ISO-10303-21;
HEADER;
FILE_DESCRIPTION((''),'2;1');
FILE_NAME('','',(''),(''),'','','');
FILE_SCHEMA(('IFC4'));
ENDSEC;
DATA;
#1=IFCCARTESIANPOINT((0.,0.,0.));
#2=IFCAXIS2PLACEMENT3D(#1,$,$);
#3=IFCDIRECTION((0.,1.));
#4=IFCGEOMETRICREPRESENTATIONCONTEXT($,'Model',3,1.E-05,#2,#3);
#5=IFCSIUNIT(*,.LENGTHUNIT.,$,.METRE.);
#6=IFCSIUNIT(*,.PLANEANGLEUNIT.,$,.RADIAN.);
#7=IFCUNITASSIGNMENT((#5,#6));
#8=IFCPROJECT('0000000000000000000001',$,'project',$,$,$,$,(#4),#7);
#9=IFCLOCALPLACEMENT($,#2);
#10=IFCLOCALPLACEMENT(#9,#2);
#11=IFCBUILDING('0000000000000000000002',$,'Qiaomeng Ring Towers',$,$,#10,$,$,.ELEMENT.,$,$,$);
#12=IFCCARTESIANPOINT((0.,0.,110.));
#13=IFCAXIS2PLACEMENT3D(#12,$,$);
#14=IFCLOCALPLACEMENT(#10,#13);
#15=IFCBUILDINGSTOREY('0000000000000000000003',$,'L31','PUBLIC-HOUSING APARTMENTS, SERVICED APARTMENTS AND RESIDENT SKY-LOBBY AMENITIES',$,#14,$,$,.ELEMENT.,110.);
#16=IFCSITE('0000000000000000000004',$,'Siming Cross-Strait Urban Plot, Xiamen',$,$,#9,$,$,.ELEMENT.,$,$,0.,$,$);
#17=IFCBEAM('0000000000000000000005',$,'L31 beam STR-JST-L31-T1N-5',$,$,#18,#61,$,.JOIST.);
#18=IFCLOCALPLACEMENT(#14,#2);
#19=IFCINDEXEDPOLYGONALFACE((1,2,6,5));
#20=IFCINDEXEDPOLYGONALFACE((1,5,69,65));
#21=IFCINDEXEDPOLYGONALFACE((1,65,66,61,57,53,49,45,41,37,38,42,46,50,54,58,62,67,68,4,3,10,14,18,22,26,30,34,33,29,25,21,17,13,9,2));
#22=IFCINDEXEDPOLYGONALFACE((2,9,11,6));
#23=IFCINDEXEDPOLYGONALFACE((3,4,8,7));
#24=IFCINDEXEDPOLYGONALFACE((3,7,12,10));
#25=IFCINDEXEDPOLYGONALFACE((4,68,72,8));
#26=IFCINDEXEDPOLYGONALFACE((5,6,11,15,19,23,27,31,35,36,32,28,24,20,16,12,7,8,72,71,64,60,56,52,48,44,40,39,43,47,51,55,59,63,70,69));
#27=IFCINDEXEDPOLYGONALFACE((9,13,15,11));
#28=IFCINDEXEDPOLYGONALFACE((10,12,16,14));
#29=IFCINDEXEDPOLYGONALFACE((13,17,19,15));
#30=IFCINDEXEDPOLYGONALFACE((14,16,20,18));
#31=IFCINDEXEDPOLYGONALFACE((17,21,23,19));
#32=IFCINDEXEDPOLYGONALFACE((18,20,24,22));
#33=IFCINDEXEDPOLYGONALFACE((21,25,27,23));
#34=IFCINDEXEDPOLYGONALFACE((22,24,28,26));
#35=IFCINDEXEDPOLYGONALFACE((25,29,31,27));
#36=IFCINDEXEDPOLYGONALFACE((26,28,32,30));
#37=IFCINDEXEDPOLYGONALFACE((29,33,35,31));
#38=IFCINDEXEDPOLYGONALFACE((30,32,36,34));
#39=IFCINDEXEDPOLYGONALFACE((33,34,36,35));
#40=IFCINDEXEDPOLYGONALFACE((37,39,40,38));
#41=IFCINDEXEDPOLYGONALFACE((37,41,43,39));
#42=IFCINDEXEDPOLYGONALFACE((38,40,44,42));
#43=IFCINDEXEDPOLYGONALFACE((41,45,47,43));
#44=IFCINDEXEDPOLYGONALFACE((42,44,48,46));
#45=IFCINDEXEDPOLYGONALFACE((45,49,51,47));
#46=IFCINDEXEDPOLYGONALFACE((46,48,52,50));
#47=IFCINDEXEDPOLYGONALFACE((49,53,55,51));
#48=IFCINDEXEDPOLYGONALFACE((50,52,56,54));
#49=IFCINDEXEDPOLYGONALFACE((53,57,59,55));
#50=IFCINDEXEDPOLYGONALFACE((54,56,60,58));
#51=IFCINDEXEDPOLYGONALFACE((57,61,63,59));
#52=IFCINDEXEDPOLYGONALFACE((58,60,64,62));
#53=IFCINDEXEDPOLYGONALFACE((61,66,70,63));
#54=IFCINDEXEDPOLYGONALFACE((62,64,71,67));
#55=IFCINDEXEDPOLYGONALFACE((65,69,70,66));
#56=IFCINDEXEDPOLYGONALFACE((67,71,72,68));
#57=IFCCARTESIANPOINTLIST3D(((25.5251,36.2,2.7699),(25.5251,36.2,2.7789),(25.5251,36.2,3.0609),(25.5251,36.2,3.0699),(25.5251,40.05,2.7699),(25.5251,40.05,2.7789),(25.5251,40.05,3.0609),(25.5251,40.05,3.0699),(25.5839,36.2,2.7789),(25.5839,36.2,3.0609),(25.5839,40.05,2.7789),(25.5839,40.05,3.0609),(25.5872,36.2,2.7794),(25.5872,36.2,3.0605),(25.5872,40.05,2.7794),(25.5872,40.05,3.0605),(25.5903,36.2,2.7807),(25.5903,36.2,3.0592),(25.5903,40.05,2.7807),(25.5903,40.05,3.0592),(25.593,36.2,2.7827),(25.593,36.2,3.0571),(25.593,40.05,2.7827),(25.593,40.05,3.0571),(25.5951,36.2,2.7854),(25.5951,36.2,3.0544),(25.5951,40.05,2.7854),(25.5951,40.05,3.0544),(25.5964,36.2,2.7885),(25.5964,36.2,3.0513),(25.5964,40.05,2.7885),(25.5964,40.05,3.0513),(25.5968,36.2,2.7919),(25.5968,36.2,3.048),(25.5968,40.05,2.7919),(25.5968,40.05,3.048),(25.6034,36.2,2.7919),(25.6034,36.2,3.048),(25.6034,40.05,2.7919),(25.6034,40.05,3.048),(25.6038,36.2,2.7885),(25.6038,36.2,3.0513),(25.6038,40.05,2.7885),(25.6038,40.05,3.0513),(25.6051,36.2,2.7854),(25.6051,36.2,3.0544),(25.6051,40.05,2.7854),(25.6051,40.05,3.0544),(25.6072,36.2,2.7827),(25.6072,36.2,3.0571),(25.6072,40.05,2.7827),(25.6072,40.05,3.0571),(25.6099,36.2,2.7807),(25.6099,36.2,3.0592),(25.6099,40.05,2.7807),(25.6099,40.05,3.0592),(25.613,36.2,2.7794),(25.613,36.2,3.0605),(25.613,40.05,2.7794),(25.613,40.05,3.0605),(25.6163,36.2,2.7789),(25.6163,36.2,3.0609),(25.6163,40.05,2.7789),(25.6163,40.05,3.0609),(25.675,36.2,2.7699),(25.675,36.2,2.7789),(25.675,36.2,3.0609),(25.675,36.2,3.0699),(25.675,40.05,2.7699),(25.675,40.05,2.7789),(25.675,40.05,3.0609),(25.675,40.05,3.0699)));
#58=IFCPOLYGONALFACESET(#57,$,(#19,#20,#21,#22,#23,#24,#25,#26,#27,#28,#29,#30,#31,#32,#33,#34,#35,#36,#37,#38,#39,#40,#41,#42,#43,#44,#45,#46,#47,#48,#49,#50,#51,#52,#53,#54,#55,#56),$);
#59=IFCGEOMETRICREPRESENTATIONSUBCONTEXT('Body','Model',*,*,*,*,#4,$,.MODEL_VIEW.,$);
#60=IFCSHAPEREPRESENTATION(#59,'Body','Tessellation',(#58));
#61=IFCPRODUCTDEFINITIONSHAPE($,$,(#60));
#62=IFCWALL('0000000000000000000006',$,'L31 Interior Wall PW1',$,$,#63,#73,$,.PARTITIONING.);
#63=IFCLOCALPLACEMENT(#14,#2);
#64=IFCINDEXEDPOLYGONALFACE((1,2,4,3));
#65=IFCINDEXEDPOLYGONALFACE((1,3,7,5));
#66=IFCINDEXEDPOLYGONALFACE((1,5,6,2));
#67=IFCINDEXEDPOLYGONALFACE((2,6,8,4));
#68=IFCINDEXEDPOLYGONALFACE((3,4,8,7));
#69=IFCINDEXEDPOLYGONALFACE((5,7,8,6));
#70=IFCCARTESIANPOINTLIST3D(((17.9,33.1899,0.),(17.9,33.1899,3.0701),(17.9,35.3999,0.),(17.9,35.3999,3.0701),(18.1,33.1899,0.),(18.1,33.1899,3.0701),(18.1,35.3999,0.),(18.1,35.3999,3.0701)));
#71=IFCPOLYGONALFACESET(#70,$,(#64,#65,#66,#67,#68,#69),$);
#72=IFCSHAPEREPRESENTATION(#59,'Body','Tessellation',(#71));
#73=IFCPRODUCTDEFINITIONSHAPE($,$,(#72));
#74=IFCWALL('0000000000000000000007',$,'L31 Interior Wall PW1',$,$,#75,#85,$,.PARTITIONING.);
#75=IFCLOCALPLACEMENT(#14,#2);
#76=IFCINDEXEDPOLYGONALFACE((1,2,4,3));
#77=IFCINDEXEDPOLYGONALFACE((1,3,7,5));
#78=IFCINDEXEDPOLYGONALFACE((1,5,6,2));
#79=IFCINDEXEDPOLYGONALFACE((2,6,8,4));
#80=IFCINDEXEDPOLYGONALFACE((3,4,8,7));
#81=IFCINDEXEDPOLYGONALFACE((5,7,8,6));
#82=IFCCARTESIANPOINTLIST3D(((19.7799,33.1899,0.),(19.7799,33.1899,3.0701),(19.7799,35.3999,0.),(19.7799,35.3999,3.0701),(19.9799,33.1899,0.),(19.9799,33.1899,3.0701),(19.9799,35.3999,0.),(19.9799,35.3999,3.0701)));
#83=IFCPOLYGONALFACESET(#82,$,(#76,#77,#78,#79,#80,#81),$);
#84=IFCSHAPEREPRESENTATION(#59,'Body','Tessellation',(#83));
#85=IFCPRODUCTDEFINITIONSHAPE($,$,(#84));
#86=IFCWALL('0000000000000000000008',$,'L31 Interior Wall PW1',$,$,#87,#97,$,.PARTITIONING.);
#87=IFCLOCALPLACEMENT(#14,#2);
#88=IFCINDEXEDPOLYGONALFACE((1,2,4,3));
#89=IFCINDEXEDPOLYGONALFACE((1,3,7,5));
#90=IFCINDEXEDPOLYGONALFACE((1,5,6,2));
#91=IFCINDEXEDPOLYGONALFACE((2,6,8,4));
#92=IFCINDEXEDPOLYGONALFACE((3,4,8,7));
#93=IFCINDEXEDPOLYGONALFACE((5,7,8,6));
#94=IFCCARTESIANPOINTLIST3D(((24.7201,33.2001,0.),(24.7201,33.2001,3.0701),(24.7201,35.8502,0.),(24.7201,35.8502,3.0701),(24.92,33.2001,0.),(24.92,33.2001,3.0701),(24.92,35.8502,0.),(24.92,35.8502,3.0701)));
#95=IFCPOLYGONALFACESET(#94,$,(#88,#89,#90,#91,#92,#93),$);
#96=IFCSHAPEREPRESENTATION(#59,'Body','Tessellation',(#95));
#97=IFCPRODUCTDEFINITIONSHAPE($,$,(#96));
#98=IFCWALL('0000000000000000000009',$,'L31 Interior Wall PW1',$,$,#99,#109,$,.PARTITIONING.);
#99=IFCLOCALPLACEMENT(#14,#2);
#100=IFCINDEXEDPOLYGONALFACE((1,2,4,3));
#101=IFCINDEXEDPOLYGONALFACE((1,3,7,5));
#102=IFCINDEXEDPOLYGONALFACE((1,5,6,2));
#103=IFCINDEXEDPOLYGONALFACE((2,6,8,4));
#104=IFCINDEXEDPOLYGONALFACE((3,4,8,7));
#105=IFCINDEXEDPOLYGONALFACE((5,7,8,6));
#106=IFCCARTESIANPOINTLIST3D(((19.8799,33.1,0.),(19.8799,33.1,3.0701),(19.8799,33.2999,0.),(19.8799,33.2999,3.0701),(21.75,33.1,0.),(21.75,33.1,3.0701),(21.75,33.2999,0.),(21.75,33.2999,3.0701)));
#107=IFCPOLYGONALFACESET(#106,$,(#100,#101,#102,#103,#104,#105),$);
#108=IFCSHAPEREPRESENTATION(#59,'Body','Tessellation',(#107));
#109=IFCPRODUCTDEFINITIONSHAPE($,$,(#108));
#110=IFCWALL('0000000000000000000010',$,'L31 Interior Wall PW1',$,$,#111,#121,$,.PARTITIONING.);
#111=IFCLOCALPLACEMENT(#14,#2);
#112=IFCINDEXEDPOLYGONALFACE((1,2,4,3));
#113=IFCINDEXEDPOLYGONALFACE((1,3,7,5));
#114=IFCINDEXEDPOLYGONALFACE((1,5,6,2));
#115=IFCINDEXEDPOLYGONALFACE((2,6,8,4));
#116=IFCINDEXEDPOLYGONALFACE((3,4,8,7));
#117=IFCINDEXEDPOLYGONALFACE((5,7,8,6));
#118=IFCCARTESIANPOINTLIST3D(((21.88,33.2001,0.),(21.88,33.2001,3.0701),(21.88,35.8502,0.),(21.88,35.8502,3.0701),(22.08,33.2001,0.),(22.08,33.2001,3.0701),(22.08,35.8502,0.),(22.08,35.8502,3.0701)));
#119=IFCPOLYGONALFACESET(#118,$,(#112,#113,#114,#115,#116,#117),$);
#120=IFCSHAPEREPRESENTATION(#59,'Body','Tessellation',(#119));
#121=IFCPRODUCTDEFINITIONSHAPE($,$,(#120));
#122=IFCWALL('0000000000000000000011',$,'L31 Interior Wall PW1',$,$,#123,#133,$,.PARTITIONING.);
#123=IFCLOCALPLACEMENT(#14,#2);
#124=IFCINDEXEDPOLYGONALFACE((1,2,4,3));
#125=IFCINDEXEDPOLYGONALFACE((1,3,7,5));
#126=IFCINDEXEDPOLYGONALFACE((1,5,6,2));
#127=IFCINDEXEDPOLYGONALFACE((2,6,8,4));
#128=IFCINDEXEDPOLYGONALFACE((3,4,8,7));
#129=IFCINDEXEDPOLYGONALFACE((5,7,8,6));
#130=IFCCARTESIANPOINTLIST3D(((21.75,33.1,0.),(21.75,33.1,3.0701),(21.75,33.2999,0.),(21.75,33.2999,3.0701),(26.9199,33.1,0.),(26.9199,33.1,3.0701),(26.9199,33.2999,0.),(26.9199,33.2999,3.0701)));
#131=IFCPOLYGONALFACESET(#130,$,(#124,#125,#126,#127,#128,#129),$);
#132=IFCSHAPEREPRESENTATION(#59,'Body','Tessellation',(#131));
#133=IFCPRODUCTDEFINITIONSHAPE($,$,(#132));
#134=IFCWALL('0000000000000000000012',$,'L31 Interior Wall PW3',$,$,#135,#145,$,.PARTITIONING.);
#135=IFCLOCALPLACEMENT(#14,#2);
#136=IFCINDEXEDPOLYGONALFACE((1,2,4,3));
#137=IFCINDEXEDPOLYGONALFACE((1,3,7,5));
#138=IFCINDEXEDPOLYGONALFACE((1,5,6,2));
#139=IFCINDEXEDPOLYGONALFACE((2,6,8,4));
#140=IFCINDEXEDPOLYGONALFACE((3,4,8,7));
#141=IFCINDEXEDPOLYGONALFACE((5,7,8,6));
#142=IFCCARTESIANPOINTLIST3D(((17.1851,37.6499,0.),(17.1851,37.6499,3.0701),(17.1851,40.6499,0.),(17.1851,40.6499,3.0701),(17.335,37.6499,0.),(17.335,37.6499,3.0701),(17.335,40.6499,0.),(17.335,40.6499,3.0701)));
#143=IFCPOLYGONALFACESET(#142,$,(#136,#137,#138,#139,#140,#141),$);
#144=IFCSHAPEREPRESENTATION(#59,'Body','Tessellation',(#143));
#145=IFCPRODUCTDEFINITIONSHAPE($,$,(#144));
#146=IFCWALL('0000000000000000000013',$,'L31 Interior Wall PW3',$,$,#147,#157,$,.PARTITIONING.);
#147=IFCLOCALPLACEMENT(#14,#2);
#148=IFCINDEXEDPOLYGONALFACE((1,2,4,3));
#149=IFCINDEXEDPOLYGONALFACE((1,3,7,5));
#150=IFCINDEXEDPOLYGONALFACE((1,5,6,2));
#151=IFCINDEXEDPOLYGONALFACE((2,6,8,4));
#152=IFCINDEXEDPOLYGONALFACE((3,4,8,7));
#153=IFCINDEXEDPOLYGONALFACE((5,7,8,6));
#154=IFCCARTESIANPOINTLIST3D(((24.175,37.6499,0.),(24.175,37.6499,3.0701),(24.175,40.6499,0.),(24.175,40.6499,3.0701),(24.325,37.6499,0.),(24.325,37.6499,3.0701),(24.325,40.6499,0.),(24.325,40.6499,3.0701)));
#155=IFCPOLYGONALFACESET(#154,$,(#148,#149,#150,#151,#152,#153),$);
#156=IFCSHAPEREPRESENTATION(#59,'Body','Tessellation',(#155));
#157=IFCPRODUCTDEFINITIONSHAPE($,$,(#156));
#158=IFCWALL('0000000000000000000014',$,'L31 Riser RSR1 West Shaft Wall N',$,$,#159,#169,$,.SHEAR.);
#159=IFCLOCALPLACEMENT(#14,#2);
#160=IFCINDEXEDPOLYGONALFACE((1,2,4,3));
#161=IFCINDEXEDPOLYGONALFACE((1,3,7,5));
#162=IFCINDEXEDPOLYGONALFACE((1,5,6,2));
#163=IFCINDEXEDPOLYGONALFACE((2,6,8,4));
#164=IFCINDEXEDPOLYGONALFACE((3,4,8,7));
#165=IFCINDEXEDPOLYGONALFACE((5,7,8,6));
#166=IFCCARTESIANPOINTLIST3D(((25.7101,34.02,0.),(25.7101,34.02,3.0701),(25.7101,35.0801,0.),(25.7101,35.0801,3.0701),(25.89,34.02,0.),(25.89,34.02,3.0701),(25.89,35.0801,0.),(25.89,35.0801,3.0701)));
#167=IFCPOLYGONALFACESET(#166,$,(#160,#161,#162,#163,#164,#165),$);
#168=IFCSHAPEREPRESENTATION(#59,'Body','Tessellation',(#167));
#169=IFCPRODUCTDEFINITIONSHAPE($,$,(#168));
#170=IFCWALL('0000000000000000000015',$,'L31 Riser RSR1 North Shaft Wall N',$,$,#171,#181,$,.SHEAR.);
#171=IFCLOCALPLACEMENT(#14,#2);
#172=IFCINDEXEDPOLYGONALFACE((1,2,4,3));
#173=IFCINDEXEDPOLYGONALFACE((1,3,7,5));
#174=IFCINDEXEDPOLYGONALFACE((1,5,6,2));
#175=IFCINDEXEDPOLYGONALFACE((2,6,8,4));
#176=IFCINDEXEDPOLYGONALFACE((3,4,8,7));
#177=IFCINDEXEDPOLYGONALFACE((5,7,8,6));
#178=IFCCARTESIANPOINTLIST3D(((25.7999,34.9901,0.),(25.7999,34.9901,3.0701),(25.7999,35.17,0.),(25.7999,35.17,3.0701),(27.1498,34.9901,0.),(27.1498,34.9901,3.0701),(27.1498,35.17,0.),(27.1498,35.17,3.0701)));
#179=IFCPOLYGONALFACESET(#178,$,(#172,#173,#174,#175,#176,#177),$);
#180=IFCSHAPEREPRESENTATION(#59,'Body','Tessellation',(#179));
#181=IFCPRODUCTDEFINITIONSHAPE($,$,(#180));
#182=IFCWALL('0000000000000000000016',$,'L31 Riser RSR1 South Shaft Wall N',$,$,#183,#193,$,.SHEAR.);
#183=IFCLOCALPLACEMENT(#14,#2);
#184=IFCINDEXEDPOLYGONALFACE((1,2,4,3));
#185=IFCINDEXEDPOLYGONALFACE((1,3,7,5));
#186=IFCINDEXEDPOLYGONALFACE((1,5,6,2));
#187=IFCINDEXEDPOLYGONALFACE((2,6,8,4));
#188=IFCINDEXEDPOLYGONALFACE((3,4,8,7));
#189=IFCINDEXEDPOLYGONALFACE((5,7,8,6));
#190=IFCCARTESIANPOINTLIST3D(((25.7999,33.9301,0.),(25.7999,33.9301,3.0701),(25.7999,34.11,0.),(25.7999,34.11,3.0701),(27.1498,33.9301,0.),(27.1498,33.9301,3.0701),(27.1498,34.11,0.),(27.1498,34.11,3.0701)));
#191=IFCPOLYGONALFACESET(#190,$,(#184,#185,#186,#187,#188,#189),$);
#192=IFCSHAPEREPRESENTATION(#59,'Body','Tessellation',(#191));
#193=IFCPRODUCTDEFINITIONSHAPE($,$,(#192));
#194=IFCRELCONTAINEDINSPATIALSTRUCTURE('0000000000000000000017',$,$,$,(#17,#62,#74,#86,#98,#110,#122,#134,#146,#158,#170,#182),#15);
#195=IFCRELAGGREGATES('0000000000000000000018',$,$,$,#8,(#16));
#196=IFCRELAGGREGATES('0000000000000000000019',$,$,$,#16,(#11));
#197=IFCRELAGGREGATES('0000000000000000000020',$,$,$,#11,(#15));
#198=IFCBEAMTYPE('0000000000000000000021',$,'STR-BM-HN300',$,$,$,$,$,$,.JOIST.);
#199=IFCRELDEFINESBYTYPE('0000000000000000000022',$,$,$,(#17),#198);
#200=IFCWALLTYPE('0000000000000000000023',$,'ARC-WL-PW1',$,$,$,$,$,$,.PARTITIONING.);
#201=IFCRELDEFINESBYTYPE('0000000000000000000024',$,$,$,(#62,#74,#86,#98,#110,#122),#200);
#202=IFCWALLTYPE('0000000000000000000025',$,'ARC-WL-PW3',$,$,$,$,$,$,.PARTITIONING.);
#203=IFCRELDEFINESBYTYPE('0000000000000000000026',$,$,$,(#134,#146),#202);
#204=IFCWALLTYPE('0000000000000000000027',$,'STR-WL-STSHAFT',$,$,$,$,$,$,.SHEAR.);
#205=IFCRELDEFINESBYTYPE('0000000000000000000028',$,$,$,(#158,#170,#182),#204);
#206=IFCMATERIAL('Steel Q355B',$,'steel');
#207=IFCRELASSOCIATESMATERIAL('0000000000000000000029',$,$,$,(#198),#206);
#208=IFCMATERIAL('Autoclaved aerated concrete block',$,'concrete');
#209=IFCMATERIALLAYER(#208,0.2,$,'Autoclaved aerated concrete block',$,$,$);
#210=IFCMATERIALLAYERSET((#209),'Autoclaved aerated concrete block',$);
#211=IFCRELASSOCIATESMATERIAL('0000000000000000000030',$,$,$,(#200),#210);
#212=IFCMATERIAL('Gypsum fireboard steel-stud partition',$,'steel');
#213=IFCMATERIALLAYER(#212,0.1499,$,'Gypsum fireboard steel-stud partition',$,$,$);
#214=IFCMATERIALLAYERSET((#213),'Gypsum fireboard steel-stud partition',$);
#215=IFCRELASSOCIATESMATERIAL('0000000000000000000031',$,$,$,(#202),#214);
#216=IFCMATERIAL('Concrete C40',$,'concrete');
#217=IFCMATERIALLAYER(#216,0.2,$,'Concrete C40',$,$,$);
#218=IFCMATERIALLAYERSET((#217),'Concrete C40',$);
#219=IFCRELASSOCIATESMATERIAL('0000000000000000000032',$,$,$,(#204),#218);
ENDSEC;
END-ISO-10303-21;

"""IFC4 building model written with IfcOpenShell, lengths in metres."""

from ifc_helpers import new_model, si_unit, direction, frame, frame_2d, origin, origin_2d, place, context, subcontext, project, spatial, rectangle, i_section, extrude, source, transform, mapped, material, layer, layer_set, material_profile, profile_set, type_object, element, save


model = new_model("IFC4")

# Units and contexts
model_context = context("Model", 3, precision=1e-05, world=origin(), true_north=direction((0.0, 1.0)))
body_context = subcontext(model_context, "Body", "Model", "MODEL_VIEW")
ifc_project = project(units=[si_unit("LENGTHUNIT", "METRE"), si_unit("PLANEANGLEUNIT", "RADIAN")], contexts=[model_context])

# Site, building, storey
site_placement = place(None, origin())
site = spatial("IfcSite", under=ifc_project, at=site_placement, Name="Siming Cross-Strait Urban Plot, Xiamen", CompositionType="ELEMENT", RefElevation=0.0)
building_placement = place(site_placement, origin())
building = spatial("IfcBuilding", under=site, at=building_placement, Name="Qiaomeng Ring Towers", CompositionType="ELEMENT")
storey_placement = place(building_placement, frame((0.0, 0.0, 110.0)))
storey = spatial("IfcBuildingStorey", under=building, at=storey_placement, Name="L31", Description="PUBLIC-HOUSING APARTMENTS, SERVICED APARTMENTS AND RESIDENT SKY-LOBBY AMENITIES", CompositionType="ELEMENT", Elevation=110.0)

# Beam
ifc_material_1 = material(Name="Steel Q355B", Category="steel")
ifc_material_profile_1 = material_profile(ifc_material_1, i_section(OverallWidth=0.1499, OverallDepth=0.3, WebThickness=0.0066, FlangeThickness=0.009, FilletRadius=0.0129, at=origin_2d()), Name="HN 300x150x6.5x9")
ifc_profile_set_1 = profile_set([ifc_material_profile_1], Name="Steel Q355B")
beam_type_1 = type_object("IfcBeamType", Name="STR-BM-HN300", PredefinedType="JOIST", material=ifc_profile_set_1)
shared_shape_1 = source(origin(), body_context, "Body", "SweptSolid", [
    extrude(i_section(OverallWidth=0.1499, OverallDepth=0.3, WebThickness=0.0066, FlangeThickness=0.009, FilletRadius=0.0129, at=origin_2d()), origin(), (0.0, 0.0, 1.0), 3.8501),
])
for number, where, z_axis, x_axis, name in (
    (1, (25.6001, 36.2, 2.9199), (0.0, 1.0, 0.0), (-1.0, 0.0, 0.0), "L31 beam STR-JST-L31-T1N-5"),
):
    element("IfcBeam", number, at=place(storey_placement, frame(where, z_axis=z_axis, x_axis=x_axis)), inside=storey, type_object=beam_type_1, Name=name, PredefinedType="JOIST", context=body_context, shape_type="MappedRepresentation", body=[
        mapped(shared_shape_1, transform((0.0, 0.0, 0.0), x_axis=(1.0, 0.0, 0.0), y_axis=(0.0, 1.0, 0.0), z_axis=(0.0, 0.0, 1.0), scale=1.0)),
    ])

# Walls
ifc_material_2 = material(Name="Autoclaved aerated concrete block", Category="concrete")
ifc_layer_1 = layer(ifc_material_2, 0.2, Name="Autoclaved aerated concrete block")
ifc_layer_set_1 = layer_set([ifc_layer_1], Name="Autoclaved aerated concrete block")
wall_type_1 = type_object("IfcWallType", Name="ARC-WL-PW1", PredefinedType="PARTITIONING", material=ifc_layer_set_1)
for number, where, z_axis, x_axis, name in (
    (2, (18.0, 33.1899, 0.0), (0.0, 0.0, 1.0), (0.0, 1.0, 0.0), "L31 Interior Wall PW1"),
    (3, (19.8799, 33.1899, 0.0), (0.0, 0.0, 1.0), (0.0, 1.0, 0.0), "L31 Interior Wall PW1"),
):
    element("IfcWall", number, at=place(storey_placement, frame(where, z_axis=z_axis, x_axis=x_axis)), inside=storey, type_object=wall_type_1, Name=name, PredefinedType="PARTITIONING", context=body_context, shape_type="SweptSolid", body=[
        extrude(rectangle(XDim=2.21, YDim=0.2, at=frame_2d((1.105, 0.0))), origin(), (0.0, 0.0, 1.0), 3.0701),
    ])
wall_1_placement = place(storey_placement, frame((24.8201, 33.2, 0.0), z_axis=(0.0, 0.0, 1.0), x_axis=(0.0, 1.0, 0.0)))
element("IfcWall", 4, at=wall_1_placement, inside=storey, type_object=wall_type_1, Name="L31 Interior Wall PW1", PredefinedType="PARTITIONING", context=body_context, shape_type="SweptSolid", body=[
    extrude(rectangle(XDim=2.6501, YDim=0.2, at=frame_2d((1.3252, 0.0))), origin(), (0.0, 0.0, 1.0), 3.0701),
])
wall_2_placement = place(storey_placement, frame((19.8799, 33.2, 0.0), z_axis=(0.0, 0.0, 1.0), x_axis=(1.0, 0.0, 0.0)))
element("IfcWall", 5, at=wall_2_placement, inside=storey, type_object=wall_type_1, Name="L31 Interior Wall PW1", PredefinedType="PARTITIONING", context=body_context, shape_type="SweptSolid", body=[
    extrude(rectangle(XDim=1.8701, YDim=0.2, at=frame_2d((0.9351, 0.0))), origin(), (0.0, 0.0, 1.0), 3.0701),
])
wall_3_placement = place(storey_placement, frame((21.98, 33.2, 0.0), z_axis=(0.0, 0.0, 1.0), x_axis=(0.0, 1.0, 0.0)))
element("IfcWall", 6, at=wall_3_placement, inside=storey, type_object=wall_type_1, Name="L31 Interior Wall PW1", PredefinedType="PARTITIONING", context=body_context, shape_type="SweptSolid", body=[
    extrude(rectangle(XDim=2.6501, YDim=0.2, at=frame_2d((1.3252, 0.0))), origin(), (0.0, 0.0, 1.0), 3.0701),
])
wall_4_placement = place(storey_placement, frame((21.75, 33.2, 0.0), z_axis=(0.0, 0.0, 1.0), x_axis=(1.0, 0.0, 0.0)))
element("IfcWall", 7, at=wall_4_placement, inside=storey, type_object=wall_type_1, Name="L31 Interior Wall PW1", PredefinedType="PARTITIONING", context=body_context, shape_type="SweptSolid", body=[
    extrude(rectangle(XDim=5.1699, YDim=0.2, at=frame_2d((2.585, 0.0))), origin(), (0.0, 0.0, 1.0), 3.0701),
])
ifc_material_3 = material(Name="Gypsum fireboard steel-stud partition", Category="steel")
ifc_layer_2 = layer(ifc_material_3, 0.1499, Name="Gypsum fireboard steel-stud partition")
ifc_layer_set_2 = layer_set([ifc_layer_2], Name="Gypsum fireboard steel-stud partition")
wall_type_2 = type_object("IfcWallType", Name="ARC-WL-PW3", PredefinedType="PARTITIONING", material=ifc_layer_set_2)
for number, where, z_axis, x_axis, name in (
    (8, (17.26, 37.6499, 0.0), (0.0, 0.0, 1.0), (0.0, 1.0, 0.0), "L31 Interior Wall PW3"),
    (9, (24.25, 37.6499, 0.0), (0.0, 0.0, 1.0), (0.0, 1.0, 0.0), "L31 Interior Wall PW3"),
):
    element("IfcWall", number, at=place(storey_placement, frame(where, z_axis=z_axis, x_axis=x_axis)), inside=storey, type_object=wall_type_2, Name=name, PredefinedType="PARTITIONING", context=body_context, shape_type="SweptSolid", body=[
        extrude(rectangle(XDim=3.0, YDim=0.1499, at=frame_2d((1.5, 0.0))), origin(), (0.0, 0.0, 1.0), 3.0701),
    ])
ifc_material_4 = material(Name="Concrete C40", Category="concrete")
ifc_layer_3 = layer(ifc_material_4, 0.2, Name="Concrete C40")
ifc_layer_set_3 = layer_set([ifc_layer_3], Name="Concrete C40")
wall_type_3 = type_object("IfcWallType", Name="STR-WL-STSHAFT", PredefinedType="SHEAR", material=ifc_layer_set_3)
wall_5_placement = place(storey_placement, frame((25.8, 34.02, 0.0), z_axis=(0.0, 0.0, 1.0), x_axis=(0.0, 1.0, 0.0)))
element("IfcWall", 10, at=wall_5_placement, inside=storey, type_object=wall_type_3, Name="L31 Riser RSR1 West Shaft Wall N", PredefinedType="SHEAR", context=body_context, shape_type="SweptSolid", body=[
    extrude(rectangle(XDim=1.0601, YDim=0.1799, at=frame_2d((0.53, 0.0))), origin(), (0.0, 0.0, 1.0), 3.0701),
])
for number, where, z_axis, x_axis, name in (
    (11, (25.8, 35.0801, 0.0), (0.0, 0.0, 1.0), (1.0, 0.0, 0.0), "L31 Riser RSR1 North Shaft Wall N"),
    (12, (25.8, 34.02, 0.0), (0.0, 0.0, 1.0), (1.0, 0.0, 0.0), "L31 Riser RSR1 South Shaft Wall N"),
):
    element("IfcWall", number, at=place(storey_placement, frame(where, z_axis=z_axis, x_axis=x_axis)), inside=storey, type_object=wall_type_3, Name=name, PredefinedType="SHEAR", context=body_context, shape_type="SweptSolid", body=[
        extrude(rectangle(XDim=1.3499, YDim=0.1799, at=frame_2d((0.6748, 0.0))), origin(), (0.0, 0.0, 1.0), 3.0701),
    ])

save(model, "model.ifc")
